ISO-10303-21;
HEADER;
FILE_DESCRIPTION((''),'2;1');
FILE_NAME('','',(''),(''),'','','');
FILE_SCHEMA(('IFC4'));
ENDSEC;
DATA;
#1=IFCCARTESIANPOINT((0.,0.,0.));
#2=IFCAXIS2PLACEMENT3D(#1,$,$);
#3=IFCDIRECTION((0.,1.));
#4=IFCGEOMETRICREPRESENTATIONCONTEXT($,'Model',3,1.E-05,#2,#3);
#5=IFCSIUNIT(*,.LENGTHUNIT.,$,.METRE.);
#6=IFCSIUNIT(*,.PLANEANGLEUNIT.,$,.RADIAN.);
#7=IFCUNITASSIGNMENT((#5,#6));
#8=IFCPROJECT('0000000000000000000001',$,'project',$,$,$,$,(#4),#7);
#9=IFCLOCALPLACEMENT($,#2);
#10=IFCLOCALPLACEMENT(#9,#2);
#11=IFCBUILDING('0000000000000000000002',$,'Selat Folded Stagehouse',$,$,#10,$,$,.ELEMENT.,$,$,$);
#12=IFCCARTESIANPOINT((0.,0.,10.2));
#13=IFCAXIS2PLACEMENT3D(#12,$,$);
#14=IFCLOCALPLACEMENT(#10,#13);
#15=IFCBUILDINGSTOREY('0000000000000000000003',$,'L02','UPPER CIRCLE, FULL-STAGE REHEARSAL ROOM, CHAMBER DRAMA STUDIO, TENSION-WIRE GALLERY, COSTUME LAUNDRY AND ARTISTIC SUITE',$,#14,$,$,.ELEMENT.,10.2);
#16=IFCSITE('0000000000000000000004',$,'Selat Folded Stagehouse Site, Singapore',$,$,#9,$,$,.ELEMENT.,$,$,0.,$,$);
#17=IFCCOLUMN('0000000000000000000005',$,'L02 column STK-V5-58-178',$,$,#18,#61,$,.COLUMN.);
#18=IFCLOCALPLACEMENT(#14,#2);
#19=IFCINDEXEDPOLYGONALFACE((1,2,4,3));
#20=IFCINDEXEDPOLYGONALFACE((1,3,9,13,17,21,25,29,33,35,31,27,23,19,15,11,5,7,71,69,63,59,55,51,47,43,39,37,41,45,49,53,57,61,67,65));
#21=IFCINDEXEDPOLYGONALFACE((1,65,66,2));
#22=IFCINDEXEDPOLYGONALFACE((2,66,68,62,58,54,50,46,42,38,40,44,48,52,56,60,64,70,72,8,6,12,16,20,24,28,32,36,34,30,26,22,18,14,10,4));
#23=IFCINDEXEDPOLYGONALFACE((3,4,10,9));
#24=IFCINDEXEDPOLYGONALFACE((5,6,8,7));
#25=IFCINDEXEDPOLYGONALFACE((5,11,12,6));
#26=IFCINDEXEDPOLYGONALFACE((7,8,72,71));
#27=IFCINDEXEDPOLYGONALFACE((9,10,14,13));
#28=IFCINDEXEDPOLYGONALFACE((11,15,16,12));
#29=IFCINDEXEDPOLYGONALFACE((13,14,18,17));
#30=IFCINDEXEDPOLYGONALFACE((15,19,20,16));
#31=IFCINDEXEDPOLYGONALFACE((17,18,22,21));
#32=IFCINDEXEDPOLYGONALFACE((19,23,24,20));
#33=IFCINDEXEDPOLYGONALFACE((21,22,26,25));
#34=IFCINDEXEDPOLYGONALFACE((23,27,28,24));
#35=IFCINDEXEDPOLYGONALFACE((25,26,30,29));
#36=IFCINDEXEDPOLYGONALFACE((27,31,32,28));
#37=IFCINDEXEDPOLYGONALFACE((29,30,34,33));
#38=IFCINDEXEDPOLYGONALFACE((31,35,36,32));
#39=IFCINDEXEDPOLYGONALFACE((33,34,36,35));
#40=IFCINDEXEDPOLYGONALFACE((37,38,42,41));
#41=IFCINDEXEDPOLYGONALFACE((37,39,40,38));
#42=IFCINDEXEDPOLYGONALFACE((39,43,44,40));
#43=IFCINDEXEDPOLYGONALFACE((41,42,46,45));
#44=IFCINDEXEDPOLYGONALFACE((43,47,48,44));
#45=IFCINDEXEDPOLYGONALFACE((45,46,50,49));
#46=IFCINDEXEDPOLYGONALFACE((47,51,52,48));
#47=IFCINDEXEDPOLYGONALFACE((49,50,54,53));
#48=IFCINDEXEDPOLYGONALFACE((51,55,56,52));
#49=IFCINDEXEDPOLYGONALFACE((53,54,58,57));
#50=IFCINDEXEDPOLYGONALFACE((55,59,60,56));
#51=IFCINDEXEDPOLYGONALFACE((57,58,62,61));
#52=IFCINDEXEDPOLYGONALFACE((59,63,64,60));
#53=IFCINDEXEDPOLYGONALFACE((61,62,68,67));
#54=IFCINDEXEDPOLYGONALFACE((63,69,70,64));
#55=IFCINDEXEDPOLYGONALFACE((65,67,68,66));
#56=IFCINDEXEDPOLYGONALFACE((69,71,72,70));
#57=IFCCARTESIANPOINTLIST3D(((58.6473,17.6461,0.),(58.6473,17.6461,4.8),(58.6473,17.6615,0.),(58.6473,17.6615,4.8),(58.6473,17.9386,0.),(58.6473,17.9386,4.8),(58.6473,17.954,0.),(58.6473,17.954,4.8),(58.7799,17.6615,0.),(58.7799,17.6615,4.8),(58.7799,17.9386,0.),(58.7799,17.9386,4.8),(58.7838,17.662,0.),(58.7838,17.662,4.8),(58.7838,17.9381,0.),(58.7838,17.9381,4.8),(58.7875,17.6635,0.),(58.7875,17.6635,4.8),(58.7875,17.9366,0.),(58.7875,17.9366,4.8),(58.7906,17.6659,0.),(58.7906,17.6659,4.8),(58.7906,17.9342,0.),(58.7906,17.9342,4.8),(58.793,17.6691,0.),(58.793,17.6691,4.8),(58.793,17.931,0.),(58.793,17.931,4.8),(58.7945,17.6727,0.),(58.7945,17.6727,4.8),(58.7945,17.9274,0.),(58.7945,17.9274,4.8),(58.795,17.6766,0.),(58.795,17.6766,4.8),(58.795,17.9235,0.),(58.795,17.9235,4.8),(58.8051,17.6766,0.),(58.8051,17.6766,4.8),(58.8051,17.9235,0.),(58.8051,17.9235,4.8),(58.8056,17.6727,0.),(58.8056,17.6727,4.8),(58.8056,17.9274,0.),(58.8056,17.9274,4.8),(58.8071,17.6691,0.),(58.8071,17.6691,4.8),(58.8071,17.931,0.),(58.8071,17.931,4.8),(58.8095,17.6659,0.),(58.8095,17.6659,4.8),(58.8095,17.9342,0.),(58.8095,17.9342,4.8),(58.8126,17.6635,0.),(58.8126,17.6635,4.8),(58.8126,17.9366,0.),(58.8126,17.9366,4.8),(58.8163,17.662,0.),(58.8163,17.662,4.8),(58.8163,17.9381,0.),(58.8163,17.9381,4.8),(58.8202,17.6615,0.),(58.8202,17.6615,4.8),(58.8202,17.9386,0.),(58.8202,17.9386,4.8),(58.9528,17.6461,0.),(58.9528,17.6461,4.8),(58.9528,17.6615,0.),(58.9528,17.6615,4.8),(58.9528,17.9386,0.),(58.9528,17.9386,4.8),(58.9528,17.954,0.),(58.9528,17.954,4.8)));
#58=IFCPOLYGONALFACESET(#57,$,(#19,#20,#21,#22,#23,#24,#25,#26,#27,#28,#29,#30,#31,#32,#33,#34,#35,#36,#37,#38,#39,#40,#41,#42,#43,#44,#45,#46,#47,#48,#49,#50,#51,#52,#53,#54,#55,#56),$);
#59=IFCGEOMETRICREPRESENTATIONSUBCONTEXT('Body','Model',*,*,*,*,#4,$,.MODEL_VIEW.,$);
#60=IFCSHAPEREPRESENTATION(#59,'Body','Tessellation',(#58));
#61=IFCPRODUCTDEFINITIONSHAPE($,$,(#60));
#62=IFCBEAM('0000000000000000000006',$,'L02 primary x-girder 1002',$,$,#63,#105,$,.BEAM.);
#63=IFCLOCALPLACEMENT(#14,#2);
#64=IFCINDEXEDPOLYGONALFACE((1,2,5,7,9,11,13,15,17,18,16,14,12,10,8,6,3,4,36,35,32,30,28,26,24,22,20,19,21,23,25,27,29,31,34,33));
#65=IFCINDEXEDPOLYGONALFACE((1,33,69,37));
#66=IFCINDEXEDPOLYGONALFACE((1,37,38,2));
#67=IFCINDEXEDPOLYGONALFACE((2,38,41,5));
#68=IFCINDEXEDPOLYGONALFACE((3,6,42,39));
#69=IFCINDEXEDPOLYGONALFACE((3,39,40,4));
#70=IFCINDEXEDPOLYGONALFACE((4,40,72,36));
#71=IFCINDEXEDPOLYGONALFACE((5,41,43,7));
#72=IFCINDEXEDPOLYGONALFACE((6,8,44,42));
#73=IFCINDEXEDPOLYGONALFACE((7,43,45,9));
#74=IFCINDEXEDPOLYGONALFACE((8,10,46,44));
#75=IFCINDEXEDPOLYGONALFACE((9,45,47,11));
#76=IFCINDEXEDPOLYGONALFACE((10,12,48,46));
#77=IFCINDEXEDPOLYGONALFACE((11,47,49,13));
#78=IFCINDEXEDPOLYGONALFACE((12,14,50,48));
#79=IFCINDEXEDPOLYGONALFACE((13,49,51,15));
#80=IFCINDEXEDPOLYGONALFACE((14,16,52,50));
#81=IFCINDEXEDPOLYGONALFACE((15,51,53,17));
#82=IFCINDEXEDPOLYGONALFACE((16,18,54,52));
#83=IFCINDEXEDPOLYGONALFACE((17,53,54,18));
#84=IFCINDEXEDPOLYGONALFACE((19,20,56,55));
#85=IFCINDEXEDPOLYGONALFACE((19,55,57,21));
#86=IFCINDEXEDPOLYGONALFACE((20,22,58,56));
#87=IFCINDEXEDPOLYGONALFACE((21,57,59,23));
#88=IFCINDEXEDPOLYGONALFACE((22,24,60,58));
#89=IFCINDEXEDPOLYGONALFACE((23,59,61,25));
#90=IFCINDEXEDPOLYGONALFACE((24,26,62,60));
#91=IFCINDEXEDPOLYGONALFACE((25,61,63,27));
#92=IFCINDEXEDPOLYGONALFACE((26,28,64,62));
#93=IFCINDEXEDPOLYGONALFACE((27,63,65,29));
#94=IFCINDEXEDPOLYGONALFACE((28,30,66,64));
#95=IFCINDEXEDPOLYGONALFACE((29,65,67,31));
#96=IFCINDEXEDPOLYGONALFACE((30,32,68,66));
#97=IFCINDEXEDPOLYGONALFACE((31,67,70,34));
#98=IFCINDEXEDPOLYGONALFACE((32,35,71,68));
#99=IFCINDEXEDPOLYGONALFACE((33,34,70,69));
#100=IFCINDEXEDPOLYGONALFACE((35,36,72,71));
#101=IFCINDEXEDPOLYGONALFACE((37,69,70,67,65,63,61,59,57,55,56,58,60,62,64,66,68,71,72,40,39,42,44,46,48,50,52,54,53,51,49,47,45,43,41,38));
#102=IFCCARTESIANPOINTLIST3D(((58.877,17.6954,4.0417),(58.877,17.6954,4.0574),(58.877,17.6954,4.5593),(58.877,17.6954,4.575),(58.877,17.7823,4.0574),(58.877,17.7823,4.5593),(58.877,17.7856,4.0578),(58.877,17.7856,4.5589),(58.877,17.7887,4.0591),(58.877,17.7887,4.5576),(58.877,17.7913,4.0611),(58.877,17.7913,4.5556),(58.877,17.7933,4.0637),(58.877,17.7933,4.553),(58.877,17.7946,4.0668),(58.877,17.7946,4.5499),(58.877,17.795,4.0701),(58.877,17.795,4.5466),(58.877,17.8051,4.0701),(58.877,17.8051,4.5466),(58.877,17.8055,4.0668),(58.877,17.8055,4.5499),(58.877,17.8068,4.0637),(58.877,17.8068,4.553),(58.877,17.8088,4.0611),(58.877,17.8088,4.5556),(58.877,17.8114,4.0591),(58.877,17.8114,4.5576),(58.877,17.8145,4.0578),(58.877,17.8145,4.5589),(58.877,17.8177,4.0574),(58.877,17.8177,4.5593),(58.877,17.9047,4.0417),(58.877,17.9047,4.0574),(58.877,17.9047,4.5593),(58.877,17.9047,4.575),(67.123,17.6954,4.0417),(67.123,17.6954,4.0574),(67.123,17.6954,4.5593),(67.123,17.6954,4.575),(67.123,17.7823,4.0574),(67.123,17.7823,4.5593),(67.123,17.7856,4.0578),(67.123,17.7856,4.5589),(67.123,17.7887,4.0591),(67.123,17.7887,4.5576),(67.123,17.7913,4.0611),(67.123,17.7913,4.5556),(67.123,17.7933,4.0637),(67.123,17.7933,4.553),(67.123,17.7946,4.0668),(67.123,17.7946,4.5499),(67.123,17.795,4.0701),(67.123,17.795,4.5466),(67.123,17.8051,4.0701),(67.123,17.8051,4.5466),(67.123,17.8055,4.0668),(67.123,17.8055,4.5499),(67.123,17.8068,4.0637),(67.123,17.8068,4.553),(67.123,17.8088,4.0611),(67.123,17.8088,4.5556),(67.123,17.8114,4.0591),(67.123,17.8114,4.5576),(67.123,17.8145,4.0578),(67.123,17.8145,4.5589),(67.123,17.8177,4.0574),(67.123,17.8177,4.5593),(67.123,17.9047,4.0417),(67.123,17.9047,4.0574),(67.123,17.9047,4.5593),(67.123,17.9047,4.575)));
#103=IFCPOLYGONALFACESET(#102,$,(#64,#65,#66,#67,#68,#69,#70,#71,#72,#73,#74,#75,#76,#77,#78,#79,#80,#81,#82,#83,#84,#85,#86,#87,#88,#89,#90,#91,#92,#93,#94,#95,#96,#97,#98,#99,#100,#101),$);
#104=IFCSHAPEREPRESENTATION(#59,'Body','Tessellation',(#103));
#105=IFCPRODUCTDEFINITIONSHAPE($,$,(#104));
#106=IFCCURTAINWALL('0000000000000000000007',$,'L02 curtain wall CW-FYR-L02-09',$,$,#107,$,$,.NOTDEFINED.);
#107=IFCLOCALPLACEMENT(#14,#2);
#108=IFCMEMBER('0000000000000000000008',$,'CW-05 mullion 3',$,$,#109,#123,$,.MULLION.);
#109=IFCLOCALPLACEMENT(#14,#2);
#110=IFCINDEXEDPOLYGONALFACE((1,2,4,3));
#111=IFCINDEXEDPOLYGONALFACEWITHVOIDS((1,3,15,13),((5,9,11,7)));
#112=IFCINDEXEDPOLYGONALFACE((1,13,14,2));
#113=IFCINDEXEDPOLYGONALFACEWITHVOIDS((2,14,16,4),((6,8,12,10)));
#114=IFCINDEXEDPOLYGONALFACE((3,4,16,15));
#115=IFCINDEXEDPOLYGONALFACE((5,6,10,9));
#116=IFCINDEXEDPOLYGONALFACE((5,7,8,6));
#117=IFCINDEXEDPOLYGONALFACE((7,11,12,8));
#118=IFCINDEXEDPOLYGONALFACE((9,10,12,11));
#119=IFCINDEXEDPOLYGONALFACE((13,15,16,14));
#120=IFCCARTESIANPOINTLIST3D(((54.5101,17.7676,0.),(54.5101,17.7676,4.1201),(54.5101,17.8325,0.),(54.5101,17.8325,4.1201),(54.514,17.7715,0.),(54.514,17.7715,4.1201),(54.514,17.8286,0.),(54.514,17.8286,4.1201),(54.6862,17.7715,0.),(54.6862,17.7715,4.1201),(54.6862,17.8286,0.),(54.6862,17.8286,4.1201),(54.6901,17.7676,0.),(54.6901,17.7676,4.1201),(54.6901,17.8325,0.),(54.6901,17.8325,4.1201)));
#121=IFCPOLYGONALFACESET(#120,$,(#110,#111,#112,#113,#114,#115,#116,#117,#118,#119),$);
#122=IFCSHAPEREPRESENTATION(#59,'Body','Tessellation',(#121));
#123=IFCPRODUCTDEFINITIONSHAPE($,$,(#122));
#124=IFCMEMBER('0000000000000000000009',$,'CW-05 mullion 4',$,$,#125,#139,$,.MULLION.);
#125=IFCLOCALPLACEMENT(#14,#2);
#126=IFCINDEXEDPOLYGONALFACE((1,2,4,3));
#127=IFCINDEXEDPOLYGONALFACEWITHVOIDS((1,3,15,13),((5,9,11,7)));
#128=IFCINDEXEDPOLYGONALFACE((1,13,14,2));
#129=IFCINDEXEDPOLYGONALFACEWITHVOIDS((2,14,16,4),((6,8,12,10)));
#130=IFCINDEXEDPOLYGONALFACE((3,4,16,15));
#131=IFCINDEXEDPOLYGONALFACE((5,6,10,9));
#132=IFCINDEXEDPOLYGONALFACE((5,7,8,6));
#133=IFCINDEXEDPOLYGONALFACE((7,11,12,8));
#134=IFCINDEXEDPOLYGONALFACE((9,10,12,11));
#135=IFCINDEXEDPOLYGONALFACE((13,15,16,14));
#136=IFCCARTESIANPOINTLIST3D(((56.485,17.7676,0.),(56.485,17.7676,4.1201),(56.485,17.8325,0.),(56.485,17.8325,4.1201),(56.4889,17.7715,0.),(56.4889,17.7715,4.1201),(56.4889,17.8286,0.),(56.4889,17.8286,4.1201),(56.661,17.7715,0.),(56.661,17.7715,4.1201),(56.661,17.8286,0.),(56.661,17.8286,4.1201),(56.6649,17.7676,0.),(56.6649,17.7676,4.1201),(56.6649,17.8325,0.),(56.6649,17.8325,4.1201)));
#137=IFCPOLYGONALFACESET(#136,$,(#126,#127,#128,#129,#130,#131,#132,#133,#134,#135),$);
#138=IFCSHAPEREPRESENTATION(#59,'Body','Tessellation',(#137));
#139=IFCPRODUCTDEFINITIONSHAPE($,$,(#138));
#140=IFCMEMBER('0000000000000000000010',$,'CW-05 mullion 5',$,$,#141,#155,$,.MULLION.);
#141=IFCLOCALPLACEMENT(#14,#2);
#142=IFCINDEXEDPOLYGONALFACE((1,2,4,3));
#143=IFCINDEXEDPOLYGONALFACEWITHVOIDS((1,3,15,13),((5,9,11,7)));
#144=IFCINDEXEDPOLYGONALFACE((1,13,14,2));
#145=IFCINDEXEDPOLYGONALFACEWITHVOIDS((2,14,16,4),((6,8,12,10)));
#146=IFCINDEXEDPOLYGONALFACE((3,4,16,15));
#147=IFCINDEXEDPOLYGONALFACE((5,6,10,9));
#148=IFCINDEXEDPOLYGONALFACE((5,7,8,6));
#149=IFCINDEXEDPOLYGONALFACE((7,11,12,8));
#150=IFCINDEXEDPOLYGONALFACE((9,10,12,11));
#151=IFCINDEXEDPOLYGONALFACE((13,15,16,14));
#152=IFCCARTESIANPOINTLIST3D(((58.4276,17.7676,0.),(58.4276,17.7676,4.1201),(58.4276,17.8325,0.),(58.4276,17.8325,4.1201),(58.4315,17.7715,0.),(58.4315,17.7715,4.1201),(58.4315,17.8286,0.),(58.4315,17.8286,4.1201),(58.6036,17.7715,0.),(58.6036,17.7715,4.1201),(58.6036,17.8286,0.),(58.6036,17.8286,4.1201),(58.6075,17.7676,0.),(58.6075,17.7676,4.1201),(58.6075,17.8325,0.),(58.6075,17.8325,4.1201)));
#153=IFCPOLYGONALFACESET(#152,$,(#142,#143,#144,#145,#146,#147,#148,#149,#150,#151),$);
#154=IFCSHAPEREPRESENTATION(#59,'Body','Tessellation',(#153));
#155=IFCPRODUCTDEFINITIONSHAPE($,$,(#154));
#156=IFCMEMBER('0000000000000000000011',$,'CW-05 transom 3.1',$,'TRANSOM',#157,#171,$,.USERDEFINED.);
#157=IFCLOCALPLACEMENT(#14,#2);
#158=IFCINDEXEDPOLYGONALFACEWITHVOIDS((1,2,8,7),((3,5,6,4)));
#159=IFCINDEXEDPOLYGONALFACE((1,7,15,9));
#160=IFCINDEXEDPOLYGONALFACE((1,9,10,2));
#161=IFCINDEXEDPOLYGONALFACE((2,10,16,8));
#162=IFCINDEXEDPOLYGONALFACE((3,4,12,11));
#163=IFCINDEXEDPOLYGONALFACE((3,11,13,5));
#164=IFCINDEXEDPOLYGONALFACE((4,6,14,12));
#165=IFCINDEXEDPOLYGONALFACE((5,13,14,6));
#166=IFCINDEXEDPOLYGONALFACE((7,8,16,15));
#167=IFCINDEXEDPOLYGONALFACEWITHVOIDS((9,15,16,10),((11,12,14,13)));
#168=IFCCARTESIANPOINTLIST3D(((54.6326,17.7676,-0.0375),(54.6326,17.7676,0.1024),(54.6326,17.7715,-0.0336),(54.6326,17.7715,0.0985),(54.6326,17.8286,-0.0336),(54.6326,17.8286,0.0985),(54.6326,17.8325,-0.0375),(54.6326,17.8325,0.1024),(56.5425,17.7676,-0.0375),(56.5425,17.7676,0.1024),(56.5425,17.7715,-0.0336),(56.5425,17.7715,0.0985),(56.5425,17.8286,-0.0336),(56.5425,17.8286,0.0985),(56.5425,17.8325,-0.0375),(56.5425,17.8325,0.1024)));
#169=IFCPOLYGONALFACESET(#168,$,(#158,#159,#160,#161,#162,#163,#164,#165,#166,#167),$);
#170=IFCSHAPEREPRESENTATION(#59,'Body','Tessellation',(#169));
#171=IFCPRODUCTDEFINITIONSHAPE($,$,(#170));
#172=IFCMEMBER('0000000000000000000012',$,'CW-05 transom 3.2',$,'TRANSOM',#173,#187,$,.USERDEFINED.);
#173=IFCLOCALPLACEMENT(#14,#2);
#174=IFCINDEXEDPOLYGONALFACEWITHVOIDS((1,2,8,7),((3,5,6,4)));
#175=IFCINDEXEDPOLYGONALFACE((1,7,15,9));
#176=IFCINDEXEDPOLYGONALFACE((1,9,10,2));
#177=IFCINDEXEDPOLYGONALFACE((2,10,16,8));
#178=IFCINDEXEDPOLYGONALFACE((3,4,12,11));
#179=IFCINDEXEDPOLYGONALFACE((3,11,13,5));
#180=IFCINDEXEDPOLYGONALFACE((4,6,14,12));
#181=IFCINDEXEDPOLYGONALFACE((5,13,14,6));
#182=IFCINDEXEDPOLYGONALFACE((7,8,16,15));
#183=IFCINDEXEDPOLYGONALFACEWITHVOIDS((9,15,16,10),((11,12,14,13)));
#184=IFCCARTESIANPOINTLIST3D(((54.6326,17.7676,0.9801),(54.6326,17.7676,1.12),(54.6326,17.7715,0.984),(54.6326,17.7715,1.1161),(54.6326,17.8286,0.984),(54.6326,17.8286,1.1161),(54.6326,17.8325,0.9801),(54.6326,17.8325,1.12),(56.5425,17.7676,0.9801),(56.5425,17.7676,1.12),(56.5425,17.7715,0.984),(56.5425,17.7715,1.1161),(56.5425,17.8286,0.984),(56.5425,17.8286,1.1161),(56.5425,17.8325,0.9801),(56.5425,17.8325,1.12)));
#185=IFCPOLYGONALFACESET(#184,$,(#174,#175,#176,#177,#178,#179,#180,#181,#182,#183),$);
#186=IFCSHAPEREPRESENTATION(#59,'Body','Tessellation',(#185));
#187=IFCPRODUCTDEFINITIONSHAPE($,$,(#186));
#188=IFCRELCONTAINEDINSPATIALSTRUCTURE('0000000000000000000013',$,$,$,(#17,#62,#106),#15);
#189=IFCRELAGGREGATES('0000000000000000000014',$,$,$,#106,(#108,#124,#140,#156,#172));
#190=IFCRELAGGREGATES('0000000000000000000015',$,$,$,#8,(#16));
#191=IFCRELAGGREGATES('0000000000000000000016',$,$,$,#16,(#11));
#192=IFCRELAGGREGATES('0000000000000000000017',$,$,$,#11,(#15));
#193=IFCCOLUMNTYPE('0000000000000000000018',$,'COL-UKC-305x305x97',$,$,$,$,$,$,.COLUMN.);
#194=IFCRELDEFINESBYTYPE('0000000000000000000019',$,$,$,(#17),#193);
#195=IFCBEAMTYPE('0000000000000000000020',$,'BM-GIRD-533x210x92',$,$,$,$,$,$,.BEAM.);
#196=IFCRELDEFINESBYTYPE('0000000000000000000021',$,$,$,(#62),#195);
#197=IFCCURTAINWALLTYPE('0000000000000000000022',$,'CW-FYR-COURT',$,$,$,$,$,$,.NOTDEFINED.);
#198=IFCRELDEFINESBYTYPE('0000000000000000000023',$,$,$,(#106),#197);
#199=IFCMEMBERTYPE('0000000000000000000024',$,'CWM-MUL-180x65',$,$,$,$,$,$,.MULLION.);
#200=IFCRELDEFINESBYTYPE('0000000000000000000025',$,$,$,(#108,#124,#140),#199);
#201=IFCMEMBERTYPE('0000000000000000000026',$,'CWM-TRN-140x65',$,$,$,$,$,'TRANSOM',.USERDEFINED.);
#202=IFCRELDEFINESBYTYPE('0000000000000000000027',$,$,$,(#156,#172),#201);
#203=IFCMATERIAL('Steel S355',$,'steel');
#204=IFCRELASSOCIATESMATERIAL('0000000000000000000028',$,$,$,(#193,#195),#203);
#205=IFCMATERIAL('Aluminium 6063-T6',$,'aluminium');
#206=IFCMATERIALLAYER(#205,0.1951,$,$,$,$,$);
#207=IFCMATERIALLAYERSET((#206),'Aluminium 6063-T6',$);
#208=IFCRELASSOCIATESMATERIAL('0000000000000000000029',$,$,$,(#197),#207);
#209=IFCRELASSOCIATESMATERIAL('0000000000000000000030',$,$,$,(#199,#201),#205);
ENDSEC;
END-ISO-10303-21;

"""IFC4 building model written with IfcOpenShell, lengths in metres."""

from ifc_helpers import new_model, si_unit, direction, frame, origin, origin_2d, place, context, subcontext, project, spatial, hollow_rectangle, i_section, extrude, material, layer, layer_set, material_profile, profile_set, type_object, element, aggregate, save


model = new_model("IFC4")

# Units and contexts
model_context = context("Model", 3, precision=1e-05, world=origin(), true_north=direction((0.0, 1.0)))
body_context = subcontext(model_context, "Body", "Model", "MODEL_VIEW")
ifc_project = project(units=[si_unit("LENGTHUNIT", "METRE"), si_unit("PLANEANGLEUNIT", "RADIAN")], contexts=[model_context])

# Site, building, storey
site_placement = place(None, origin())
site = spatial("IfcSite", under=ifc_project, at=site_placement, Name="Selat Folded Stagehouse Site, Singapore", CompositionType="ELEMENT", RefElevation=0.0)
building_placement = place(site_placement, origin())
building = spatial("IfcBuilding", under=site, at=building_placement, Name="Selat Folded Stagehouse", CompositionType="ELEMENT")
storey_placement = place(building_placement, frame((0.0, 0.0, 10.2)))
storey = spatial("IfcBuildingStorey", under=building, at=storey_placement, Name="L02", Description="UPPER CIRCLE, FULL-STAGE REHEARSAL ROOM, CHAMBER DRAMA STUDIO, TENSION-WIRE GALLERY, COSTUME LAUNDRY AND ARTISTIC SUITE", CompositionType="ELEMENT", Elevation=10.2)

# Column
ifc_material_1 = material(Name="Steel S355", Category="steel")
ifc_material_profile_1 = material_profile(ifc_material_1, i_section(OverallWidth=0.3054, OverallDepth=0.3079, WebThickness=0.01, FlangeThickness=0.0154, FilletRadius=0.0151, at=origin_2d()), Name="UKC 305x305x97")
ifc_profile_set_1 = profile_set([ifc_material_profile_1], Name="Steel S355")
column_type = type_object("IfcColumnType", Name="COL-UKC-305x305x97", PredefinedType="COLUMN", material=ifc_profile_set_1)
column_placement = place(storey_placement, frame((58.8, 17.8, 0.0), z_axis=(0.0, 0.0, 1.0), x_axis=(1.0, 0.0, 0.0)))
element("IfcColumn", 1, at=column_placement, inside=storey, type_object=column_type, Name="L02 column STK-V5-58-178", PredefinedType="COLUMN", context=body_context, shape_type="SweptSolid", body=[
    extrude(i_section(OverallWidth=0.3054, OverallDepth=0.3079, WebThickness=0.01, FlangeThickness=0.0154, FilletRadius=0.0151, at=origin_2d()), origin(), (0.0, 0.0, 1.0), 4.8),
])

# Beam
ifc_material_profile_2 = material_profile(ifc_material_1, i_section(OverallWidth=0.2092, OverallDepth=0.5332, WebThickness=0.01, FlangeThickness=0.0156, FilletRadius=0.0127, at=origin_2d()), Name="UKB 533x210x92")
ifc_profile_set_2 = profile_set([ifc_material_profile_2], Name="Steel S355")
beam_type = type_object("IfcBeamType", Name="BM-GIRD-533x210x92", PredefinedType="BEAM", material=ifc_profile_set_2)
beam_placement = place(storey_placement, frame((58.877, 17.8, 4.3083), z_axis=(1.0, 0.0, 0.0), x_axis=(0.0, 1.0, 0.0)))
element("IfcBeam", 2, at=beam_placement, inside=storey, type_object=beam_type, Name="L02 primary x-girder 1002", PredefinedType="BEAM", context=body_context, shape_type="SweptSolid", body=[
    extrude(i_section(OverallWidth=0.2092, OverallDepth=0.5332, WebThickness=0.01, FlangeThickness=0.0156, FilletRadius=0.0127, at=origin_2d()), origin(), (0.0, 0.0, 1.0), 8.2461),
])

# Curtain wall, members
ifc_material_2 = material(Name="Aluminium 6063-T6", Category="aluminium")
ifc_layer_1 = layer(ifc_material_2, 0.1951)
ifc_layer_set_1 = layer_set([ifc_layer_1], Name="Aluminium 6063-T6")
curtain_wall_type = type_object("IfcCurtainWallType", Name="CW-FYR-COURT", PredefinedType="NOTDEFINED", material=ifc_layer_set_1)
curtain_wall_placement = place(storey_placement, origin())
curtain_wall = element("IfcCurtainWall", 3, at=curtain_wall_placement, inside=storey, type_object=curtain_wall_type, Name="L02 curtain wall CW-FYR-L02-09", PredefinedType="NOTDEFINED")
ifc_material_profile_3 = material_profile(ifc_material_2, hollow_rectangle(XDim=0.0649, YDim=0.1799, WallThickness=0.0039, at=origin_2d()), Name="ALU 180x65x4.0")
ifc_profile_set_3 = profile_set([ifc_material_profile_3], Name="Aluminium 6063-T6")
member_type_1 = type_object("IfcMemberType", Name="CWM-MUL-180x65", PredefinedType="MULLION", material=ifc_profile_set_3)
member_1_placement = place(storey_placement, frame((54.6001, 17.8, 0.0), z_axis=(0.0, 0.0, 1.0), x_axis=(0.0, 1.0, 0.0)))
member_1 = element("IfcMember", 4, at=member_1_placement, type_object=member_type_1, Name="CW-05 mullion 3", PredefinedType="MULLION", context=body_context, shape_type="SweptSolid", body=[
    extrude(hollow_rectangle(XDim=0.0649, YDim=0.1799, WallThickness=0.0039, at=origin_2d()), origin(), (0.0, 0.0, 1.0), 4.1201),
])
member_2_placement = place(storey_placement, frame((56.575, 17.8, 0.0), z_axis=(0.0, 0.0, 1.0), x_axis=(0.0, 1.0, 0.0)))
member_2 = element("IfcMember", 5, at=member_2_placement, type_object=member_type_1, Name="CW-05 mullion 4", PredefinedType="MULLION", context=body_context, shape_type="SweptSolid", body=[
    extrude(hollow_rectangle(XDim=0.0649, YDim=0.1799, WallThickness=0.0039, at=origin_2d()), origin(), (0.0, 0.0, 1.0), 4.1201),
])
member_3_placement = place(storey_placement, frame((58.5176, 17.8, 0.0), z_axis=(0.0, 0.0, 1.0), x_axis=(0.0, 1.0, 0.0)))
member_3 = element("IfcMember", 6, at=member_3_placement, type_object=member_type_1, Name="CW-05 mullion 5", PredefinedType="MULLION", context=body_context, shape_type="SweptSolid", body=[
    extrude(hollow_rectangle(XDim=0.0649, YDim=0.1799, WallThickness=0.0039, at=origin_2d()), origin(), (0.0, 0.0, 1.0), 4.1201),
])
ifc_material_profile_4 = material_profile(ifc_material_2, hollow_rectangle(XDim=0.0649, YDim=0.1399, WallThickness=0.0039, at=origin_2d()), Name="ALU 140x65x4.0")
ifc_profile_set_4 = profile_set([ifc_material_profile_4], Name="Aluminium 6063-T6")
member_type_2 = type_object("IfcMemberType", Name="CWM-TRN-140x65", ElementType="TRANSOM", PredefinedType="USERDEFINED", material=ifc_profile_set_4)
member_4_placement = place(storey_placement, frame((54.6326, 17.8, 0.0325), z_axis=(1.0, 0.0, 0.0), x_axis=(0.0, 1.0, 0.0)))
member_4 = element("IfcMember", 7, at=member_4_placement, type_object=member_type_2, Name="CW-05 transom 3.1", ObjectType="TRANSOM", PredefinedType="USERDEFINED", context=body_context, shape_type="SweptSolid", body=[
    extrude(hollow_rectangle(XDim=0.0649, YDim=0.1399, WallThickness=0.0039, at=origin_2d()), origin(), (0.0, 0.0, 1.0), 1.9099),
])
member_5_placement = place(storey_placement, frame((54.6326, 17.8, 1.05), z_axis=(1.0, 0.0, 0.0), x_axis=(0.0, 1.0, 0.0)))
member_5 = element("IfcMember", 8, at=member_5_placement, type_object=member_type_2, Name="CW-05 transom 3.2", ObjectType="TRANSOM", PredefinedType="USERDEFINED", context=body_context, shape_type="SweptSolid", body=[
    extrude(hollow_rectangle(XDim=0.0649, YDim=0.1399, WallThickness=0.0039, at=origin_2d()), origin(), (0.0, 0.0, 1.0), 1.9099),
])
aggregate(curtain_wall, [member_1, member_2, member_3, member_4, member_5])

save(model, "model.ifc")
